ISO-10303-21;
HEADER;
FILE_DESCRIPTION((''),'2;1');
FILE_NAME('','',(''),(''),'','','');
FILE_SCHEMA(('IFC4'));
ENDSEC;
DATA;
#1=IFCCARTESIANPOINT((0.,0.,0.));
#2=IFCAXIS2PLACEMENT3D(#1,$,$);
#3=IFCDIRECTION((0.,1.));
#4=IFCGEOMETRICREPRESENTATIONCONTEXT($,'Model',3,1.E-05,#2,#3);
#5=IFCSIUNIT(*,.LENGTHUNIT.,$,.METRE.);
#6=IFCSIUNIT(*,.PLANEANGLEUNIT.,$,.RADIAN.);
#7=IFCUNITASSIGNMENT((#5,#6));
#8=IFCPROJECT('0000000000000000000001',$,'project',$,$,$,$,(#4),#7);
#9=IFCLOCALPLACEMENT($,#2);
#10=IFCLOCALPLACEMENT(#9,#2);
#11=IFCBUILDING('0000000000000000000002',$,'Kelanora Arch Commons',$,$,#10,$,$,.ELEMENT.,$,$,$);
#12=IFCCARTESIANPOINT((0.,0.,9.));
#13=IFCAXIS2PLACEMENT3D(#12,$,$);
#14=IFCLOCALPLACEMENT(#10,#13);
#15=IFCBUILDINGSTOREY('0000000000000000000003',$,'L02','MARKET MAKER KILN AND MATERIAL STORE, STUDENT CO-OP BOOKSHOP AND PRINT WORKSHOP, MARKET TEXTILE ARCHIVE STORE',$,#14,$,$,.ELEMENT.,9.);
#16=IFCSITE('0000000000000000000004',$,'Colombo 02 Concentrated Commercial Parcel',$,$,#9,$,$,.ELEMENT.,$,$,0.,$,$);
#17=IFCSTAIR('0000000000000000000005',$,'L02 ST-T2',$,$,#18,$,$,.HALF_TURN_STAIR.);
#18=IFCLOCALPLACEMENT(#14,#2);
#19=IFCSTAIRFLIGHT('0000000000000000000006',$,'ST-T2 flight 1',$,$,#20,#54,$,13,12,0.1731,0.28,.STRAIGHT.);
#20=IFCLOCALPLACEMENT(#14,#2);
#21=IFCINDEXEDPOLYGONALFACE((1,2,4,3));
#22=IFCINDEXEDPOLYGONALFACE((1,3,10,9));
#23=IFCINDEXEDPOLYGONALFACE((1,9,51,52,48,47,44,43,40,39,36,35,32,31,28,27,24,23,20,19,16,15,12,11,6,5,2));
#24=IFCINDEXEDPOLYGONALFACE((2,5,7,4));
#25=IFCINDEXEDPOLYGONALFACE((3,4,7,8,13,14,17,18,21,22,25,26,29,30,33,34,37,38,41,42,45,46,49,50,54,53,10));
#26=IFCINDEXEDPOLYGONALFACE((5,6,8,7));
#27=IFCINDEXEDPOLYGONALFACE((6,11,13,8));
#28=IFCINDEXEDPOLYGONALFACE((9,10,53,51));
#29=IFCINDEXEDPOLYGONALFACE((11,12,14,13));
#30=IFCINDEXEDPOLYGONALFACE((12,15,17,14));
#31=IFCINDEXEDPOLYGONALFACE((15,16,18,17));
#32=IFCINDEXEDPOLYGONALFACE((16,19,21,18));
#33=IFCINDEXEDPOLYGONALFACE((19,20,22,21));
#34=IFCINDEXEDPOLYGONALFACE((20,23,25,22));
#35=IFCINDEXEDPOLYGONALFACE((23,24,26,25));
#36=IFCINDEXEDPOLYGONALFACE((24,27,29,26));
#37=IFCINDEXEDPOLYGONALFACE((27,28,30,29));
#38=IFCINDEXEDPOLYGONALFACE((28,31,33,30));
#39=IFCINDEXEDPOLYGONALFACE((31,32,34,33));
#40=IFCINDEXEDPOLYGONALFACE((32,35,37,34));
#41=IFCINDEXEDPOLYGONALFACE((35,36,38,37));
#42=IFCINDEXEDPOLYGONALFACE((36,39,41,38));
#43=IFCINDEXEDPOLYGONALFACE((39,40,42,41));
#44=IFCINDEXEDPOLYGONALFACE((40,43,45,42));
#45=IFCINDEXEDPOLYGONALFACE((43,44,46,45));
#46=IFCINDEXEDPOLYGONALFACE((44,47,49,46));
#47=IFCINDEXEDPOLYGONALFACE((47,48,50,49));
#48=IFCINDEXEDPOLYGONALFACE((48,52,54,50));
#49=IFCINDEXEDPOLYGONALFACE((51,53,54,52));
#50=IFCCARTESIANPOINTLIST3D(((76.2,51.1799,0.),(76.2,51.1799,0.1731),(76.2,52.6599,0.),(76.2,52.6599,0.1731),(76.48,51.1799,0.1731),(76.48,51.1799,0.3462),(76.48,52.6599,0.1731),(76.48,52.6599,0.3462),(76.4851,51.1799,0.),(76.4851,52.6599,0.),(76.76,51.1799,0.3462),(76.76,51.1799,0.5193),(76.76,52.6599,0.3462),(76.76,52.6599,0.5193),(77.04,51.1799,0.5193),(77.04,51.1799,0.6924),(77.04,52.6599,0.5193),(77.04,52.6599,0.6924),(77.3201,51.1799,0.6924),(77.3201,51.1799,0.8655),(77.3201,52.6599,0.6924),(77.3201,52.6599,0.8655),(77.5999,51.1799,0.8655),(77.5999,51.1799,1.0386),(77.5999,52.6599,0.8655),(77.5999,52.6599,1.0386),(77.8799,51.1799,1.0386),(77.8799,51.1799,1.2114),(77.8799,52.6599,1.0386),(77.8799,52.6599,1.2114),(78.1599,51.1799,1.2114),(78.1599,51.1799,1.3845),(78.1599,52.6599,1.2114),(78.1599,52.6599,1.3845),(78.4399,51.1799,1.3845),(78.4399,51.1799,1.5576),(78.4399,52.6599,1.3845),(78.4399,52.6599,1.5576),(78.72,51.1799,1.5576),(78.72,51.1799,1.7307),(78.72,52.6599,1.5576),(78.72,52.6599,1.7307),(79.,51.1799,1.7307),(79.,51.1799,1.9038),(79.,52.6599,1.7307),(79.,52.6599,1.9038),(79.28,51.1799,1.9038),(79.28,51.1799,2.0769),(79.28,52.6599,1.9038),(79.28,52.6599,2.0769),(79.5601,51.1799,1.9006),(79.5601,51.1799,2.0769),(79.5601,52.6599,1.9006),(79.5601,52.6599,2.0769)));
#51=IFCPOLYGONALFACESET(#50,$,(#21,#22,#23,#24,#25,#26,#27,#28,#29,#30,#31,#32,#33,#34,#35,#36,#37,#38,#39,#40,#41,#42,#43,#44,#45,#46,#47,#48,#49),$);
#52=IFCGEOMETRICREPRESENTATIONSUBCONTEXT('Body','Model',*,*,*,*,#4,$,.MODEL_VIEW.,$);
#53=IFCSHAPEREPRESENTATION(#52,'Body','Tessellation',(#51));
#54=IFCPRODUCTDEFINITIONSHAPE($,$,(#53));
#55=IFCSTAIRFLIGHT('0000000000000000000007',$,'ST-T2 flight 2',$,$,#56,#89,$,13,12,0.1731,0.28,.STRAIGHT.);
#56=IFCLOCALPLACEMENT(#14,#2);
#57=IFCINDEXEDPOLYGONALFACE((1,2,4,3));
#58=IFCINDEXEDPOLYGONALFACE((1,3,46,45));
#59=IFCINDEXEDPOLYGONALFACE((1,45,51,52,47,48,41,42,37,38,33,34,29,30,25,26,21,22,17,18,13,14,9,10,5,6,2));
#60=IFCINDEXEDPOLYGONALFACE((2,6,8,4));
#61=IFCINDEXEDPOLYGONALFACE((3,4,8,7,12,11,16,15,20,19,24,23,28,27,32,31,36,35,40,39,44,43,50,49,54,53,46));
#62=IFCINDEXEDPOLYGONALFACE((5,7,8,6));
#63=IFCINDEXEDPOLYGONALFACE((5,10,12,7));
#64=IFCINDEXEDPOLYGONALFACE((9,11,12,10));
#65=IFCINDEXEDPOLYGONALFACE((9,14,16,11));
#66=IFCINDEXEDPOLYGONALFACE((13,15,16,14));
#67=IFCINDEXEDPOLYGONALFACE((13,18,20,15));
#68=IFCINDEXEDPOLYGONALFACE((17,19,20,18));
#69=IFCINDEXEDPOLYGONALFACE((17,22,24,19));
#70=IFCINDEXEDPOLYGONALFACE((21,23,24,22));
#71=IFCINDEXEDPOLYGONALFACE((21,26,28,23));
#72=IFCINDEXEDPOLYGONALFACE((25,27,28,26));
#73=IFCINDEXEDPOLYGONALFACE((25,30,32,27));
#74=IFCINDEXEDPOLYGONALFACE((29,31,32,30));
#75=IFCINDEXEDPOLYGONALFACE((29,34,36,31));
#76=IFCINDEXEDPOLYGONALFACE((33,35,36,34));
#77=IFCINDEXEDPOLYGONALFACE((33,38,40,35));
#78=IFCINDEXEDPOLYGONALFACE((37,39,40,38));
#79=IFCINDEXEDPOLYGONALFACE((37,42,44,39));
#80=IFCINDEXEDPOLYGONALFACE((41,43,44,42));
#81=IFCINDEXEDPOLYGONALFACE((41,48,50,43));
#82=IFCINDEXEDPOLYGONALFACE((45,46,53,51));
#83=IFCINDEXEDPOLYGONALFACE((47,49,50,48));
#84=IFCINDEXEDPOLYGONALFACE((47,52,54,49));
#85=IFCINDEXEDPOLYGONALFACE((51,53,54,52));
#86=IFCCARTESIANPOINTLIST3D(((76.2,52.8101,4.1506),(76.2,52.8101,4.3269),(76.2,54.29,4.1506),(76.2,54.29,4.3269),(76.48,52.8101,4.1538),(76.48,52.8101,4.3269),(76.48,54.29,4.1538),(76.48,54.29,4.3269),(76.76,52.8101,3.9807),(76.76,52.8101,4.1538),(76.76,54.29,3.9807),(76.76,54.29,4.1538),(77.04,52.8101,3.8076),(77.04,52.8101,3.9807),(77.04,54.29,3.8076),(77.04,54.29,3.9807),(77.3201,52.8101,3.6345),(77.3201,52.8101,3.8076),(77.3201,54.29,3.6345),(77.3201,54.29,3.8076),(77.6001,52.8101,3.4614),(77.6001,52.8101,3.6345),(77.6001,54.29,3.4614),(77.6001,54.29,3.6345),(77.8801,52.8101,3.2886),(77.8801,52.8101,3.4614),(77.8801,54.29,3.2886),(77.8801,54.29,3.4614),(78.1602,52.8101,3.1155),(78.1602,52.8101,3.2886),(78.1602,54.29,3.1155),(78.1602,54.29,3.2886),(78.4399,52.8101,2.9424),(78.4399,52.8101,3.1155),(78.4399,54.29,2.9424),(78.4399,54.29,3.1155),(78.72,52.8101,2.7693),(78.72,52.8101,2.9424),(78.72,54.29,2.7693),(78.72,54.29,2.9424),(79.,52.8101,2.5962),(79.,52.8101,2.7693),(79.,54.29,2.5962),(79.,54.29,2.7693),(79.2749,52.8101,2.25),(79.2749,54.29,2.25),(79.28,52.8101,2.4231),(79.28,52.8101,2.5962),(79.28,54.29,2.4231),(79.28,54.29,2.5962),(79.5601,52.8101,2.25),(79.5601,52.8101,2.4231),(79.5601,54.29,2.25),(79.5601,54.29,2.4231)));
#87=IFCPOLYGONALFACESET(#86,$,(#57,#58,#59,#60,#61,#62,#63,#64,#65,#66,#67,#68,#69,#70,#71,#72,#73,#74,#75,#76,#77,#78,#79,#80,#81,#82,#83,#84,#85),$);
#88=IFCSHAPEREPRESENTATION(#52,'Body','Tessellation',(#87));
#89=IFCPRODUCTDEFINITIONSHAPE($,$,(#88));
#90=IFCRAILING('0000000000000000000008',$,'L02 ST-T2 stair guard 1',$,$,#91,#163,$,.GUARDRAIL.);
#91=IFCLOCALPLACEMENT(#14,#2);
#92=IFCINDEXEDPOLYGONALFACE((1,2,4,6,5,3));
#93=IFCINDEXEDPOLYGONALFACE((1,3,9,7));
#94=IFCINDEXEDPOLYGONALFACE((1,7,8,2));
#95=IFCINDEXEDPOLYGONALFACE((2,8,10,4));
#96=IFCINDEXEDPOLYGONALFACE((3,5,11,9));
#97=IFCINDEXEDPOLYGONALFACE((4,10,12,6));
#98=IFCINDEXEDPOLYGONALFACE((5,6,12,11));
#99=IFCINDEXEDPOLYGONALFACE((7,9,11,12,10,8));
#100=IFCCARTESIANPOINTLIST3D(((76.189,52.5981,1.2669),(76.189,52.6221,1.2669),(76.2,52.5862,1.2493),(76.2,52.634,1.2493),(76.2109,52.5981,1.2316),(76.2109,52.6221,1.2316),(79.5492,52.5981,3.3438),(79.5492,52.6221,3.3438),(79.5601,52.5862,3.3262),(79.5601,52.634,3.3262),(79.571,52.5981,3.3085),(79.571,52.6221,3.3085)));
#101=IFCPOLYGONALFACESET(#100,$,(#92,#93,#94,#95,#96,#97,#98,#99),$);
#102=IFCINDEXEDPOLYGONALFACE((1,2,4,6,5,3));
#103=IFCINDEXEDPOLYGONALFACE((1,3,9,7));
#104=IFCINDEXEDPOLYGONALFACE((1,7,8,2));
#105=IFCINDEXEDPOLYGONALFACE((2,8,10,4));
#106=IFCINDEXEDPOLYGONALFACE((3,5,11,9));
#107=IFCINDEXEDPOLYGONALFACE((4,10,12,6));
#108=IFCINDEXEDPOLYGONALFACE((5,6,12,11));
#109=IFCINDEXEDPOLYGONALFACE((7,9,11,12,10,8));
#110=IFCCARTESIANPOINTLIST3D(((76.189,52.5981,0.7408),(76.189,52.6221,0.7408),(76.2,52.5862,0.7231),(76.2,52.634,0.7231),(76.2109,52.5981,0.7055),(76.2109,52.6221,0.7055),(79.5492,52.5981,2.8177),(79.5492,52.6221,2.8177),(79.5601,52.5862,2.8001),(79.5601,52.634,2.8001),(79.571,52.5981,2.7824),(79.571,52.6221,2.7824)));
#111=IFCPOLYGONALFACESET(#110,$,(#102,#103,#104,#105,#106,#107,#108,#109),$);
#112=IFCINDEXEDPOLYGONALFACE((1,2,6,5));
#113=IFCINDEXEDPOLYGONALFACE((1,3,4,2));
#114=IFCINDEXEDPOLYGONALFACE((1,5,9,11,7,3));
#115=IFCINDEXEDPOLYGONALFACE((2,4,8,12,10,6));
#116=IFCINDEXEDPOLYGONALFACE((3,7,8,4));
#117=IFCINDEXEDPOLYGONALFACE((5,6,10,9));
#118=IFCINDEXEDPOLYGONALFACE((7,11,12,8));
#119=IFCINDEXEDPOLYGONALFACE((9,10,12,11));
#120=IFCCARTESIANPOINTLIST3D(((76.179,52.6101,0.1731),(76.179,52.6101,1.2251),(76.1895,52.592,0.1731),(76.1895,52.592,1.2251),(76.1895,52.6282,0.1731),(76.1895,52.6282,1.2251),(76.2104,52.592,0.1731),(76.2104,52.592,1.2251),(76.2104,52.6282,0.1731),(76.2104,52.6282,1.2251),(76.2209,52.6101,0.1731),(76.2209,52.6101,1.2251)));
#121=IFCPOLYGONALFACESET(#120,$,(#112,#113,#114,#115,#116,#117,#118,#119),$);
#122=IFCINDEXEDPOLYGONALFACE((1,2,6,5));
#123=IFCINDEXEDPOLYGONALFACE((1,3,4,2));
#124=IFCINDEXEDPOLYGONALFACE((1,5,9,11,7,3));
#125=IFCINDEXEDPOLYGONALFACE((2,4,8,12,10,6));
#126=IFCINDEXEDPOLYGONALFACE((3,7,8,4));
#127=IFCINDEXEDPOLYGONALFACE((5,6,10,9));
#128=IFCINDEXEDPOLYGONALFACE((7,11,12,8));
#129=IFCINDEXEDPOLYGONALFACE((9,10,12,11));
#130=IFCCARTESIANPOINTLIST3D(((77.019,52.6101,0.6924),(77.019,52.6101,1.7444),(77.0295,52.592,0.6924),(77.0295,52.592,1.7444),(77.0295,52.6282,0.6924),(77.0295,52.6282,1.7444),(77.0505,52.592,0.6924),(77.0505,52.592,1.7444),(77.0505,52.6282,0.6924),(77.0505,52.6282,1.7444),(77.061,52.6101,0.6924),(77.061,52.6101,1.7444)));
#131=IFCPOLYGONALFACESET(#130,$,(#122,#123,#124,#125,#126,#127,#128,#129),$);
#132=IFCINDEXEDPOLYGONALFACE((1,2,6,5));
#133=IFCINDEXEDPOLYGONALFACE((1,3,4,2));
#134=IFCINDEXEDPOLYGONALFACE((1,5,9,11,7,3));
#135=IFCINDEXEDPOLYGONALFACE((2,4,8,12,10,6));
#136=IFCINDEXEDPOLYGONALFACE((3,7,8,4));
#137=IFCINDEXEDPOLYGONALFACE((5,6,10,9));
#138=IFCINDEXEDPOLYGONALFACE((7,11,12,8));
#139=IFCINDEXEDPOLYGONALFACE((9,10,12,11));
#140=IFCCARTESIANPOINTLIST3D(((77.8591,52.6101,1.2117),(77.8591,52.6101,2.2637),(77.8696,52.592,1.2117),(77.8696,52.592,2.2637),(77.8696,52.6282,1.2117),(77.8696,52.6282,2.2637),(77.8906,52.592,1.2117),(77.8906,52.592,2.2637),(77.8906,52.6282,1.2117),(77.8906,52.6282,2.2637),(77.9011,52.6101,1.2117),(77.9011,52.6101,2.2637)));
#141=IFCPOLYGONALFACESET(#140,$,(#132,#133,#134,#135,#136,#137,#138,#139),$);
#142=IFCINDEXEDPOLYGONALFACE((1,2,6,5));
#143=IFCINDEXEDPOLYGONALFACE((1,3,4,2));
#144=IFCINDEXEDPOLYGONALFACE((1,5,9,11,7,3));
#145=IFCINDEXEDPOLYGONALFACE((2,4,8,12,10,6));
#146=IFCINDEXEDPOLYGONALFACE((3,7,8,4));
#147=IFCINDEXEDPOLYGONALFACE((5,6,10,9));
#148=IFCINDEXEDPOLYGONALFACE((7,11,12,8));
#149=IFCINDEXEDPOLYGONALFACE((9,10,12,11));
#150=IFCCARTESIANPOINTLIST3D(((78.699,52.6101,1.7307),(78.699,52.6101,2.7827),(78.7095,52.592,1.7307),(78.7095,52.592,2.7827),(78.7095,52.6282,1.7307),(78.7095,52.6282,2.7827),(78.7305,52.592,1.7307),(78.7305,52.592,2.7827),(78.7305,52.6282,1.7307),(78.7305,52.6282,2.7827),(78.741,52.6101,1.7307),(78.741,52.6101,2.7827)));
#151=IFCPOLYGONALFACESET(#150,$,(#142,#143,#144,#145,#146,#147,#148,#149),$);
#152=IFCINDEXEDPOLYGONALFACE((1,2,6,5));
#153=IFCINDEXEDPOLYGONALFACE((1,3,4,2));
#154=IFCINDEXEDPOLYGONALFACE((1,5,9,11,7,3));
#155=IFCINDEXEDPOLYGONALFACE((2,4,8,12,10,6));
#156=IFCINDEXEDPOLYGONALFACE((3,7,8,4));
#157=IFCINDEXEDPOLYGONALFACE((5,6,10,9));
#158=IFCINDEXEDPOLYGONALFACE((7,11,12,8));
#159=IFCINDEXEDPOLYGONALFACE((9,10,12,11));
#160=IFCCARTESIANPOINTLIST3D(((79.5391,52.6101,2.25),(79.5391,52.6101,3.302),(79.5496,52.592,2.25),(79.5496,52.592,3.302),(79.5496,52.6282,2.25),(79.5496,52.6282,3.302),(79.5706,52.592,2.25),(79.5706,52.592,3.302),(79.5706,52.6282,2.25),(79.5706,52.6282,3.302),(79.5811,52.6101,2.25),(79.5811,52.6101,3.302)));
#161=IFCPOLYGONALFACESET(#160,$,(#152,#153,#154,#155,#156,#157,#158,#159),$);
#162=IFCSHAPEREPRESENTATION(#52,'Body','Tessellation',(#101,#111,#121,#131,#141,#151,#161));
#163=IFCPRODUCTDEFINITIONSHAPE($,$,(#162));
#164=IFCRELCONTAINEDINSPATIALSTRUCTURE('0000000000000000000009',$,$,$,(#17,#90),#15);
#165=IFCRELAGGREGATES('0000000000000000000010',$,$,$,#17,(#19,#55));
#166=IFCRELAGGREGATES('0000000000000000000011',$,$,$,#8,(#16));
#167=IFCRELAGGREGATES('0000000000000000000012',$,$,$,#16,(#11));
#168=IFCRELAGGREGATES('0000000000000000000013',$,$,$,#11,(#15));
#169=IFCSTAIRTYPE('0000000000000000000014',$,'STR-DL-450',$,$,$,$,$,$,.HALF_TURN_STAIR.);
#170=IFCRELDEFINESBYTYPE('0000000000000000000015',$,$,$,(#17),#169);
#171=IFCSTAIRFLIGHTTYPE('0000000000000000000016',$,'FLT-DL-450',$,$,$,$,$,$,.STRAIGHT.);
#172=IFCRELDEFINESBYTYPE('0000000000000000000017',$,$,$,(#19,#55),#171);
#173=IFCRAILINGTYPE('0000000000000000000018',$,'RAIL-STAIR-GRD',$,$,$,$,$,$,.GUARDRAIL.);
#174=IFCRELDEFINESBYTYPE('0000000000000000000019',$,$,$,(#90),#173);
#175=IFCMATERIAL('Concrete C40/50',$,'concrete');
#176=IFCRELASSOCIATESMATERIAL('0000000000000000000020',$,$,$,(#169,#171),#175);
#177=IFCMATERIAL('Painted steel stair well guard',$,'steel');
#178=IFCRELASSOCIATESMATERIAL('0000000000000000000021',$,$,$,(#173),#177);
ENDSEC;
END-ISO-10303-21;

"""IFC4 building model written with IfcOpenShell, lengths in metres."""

from ifc_helpers import new_model, si_unit, direction, frame, origin, place, context, subcontext, project, spatial, polyline, outline, extrude, material, type_object, element, aggregate, save


model = new_model("IFC4")

# Units and contexts
model_context = context("Model", 3, precision=1e-05, world=origin(), true_north=direction((0.0, 1.0)))
body_context = subcontext(model_context, "Body", "Model", "MODEL_VIEW")
ifc_project = project(units=[si_unit("LENGTHUNIT", "METRE"), si_unit("PLANEANGLEUNIT", "RADIAN")], contexts=[model_context])

# Site, building, storey
site_placement = place(None, origin())
site = spatial("IfcSite", under=ifc_project, at=site_placement, Name="Colombo 02 Concentrated Commercial Parcel", CompositionType="ELEMENT", RefElevation=0.0)
building_placement = place(site_placement, origin())
building = spatial("IfcBuilding", under=site, at=building_placement, Name="Kelanora Arch Commons", CompositionType="ELEMENT")
storey_placement = place(building_placement, frame((0.0, 0.0, 9.0)))
storey = spatial("IfcBuildingStorey", under=building, at=storey_placement, Name="L02", Description="MARKET MAKER KILN AND MATERIAL STORE, STUDENT CO-OP BOOKSHOP AND PRINT WORKSHOP, MARKET TEXTILE ARCHIVE STORE", CompositionType="ELEMENT", Elevation=9.0)

# Shared definitions
ifc_material_1 = material(Name="Concrete C40/50", Category="concrete")

# Stair, stair flights
stair_type = type_object("IfcStairType", Name="STR-DL-450", PredefinedType="HALF_TURN_STAIR", material=ifc_material_1)
stair_placement = place(storey_placement, origin())
stair = element("IfcStair", 1, at=stair_placement, inside=storey, type_object=stair_type, Name="L02 ST-T2", PredefinedType="HALF_TURN_STAIR")
stair_flight_type = type_object("IfcStairFlightType", Name="FLT-DL-450", PredefinedType="STRAIGHT", material=ifc_material_1)
stair_flight_1_placement = place(storey_placement, frame((76.2, 51.9199, 0.0), z_axis=(0.0, 0.0, 1.0), x_axis=(1.0, 0.0, 0.0)))
stair_flight_1 = element("IfcStairFlight", 2, at=stair_flight_1_placement, type_object=stair_flight_type, Name="ST-T2 flight 1", NumberOfRisers=13, NumberOfTreads=12, PredefinedType="STRAIGHT", RiserHeight=0.1731, TreadLength=0.28, context=body_context, shape_type="SweptSolid", body=[
    extrude(outline(polyline([(0.0, 0.0), (0.0, 0.1731), (0.28, 0.1731), (0.28, 0.3462), (0.5601, 0.3462), (0.5601, 0.5193), (0.8401, 0.5193), (0.8401, 0.6924), (1.1201, 0.6924), (1.1201, 0.8655), (1.3999, 0.8655), (1.3999, 1.0386), (1.6799, 1.0386), (1.6799, 1.2114), (1.96, 1.2114), (1.96, 1.3845), (2.24, 1.3845), (2.24, 1.5576), (2.52, 1.5576), (2.52, 1.7307), (2.8, 1.7307), (2.8, 1.9038), (3.0801, 1.9038), (3.0801, 2.0769), (3.3601, 2.0769), (3.3601, 2.25), (3.3601, 1.9006), (0.2852, 0.0), (0.0, 0.0)])), frame((0.0, 0.74, 0.0), z_axis=(0.0, -1.0, 0.0), x_axis=(1.0, 0.0, 0.0)), (0.0, 0.0, 1.0), 1.48),
])
stair_flight_2_placement = place(storey_placement, frame((79.5601, 53.55, 2.25), z_axis=(0.0, 0.0, 1.0), x_axis=(-1.0, 0.0, 0.0)))
stair_flight_2 = element("IfcStairFlight", 3, at=stair_flight_2_placement, type_object=stair_flight_type, Name="ST-T2 flight 2", NumberOfRisers=13, NumberOfTreads=12, PredefinedType="STRAIGHT", RiserHeight=0.1731, TreadLength=0.28, context=body_context, shape_type="SweptSolid", body=[
    extrude(outline(polyline([(0.0, 0.0), (0.0, 0.1731), (0.28, 0.1731), (0.28, 0.3462), (0.5601, 0.3462), (0.5601, 0.5193), (0.8401, 0.5193), (0.8401, 0.6924), (1.1201, 0.6924), (1.1201, 0.8655), (1.3999, 0.8655), (1.3999, 1.0386), (1.6799, 1.0386), (1.6799, 1.2114), (1.96, 1.2114), (1.96, 1.3845), (2.24, 1.3845), (2.24, 1.5576), (2.52, 1.5576), (2.52, 1.7307), (2.8, 1.7307), (2.8, 1.9038), (3.0801, 1.9038), (3.0801, 2.0769), (3.3601, 2.0769), (3.3601, 2.25), (3.3601, 1.9006), (0.2852, 0.0), (0.0, 0.0)])), frame((0.0, 0.74, 0.0), z_axis=(0.0, -1.0, 0.0), x_axis=(1.0, 0.0, 0.0)), (0.0, 0.0, 1.0), 1.48),
])
aggregate(stair, [stair_flight_1, stair_flight_2])

# Railing
ifc_material_2 = material(Name="Painted steel stair well guard", Category="steel")
railing_type_1 = type_object("IfcRailingType", Name="RAIL-STAIR-GRD", PredefinedType="GUARDRAIL", material=ifc_material_2)
railing_1_placement = place(storey_placement, frame((76.2, 52.6101, 0.1731)))
element("IfcRailing", 4, at=railing_1_placement, inside=storey, type_object=railing_type_1, Name="L02 ST-T2 stair guard 1", PredefinedType="GUARDRAIL", context=body_context, shape_type="SweptSolid", body=[
    extrude(outline(polyline([(0.0239, 0.0), (0.012, 0.0208), (-0.012, 0.0208), (-0.0239, 0.0), (-0.012, -0.0208), (0.012, -0.0208), (0.0239, 0.0)])), frame((0.0, 0.0, 1.0762), z_axis=(0.850623, 0.0, 0.525776), x_axis=(0.0, 1.0, 0.0)), (0.0, 0.0, 1.0), 3.9502),
    extrude(outline(polyline([(0.0239, 0.0), (0.012, 0.0208), (-0.012, 0.0208), (-0.0239, 0.0), (-0.012, -0.0208), (0.012, -0.0208), (0.0239, 0.0)])), frame((0.0, 0.0, 0.55), z_axis=(0.850623, 0.0, 0.525776), x_axis=(0.0, 1.0, 0.0)), (0.0, 0.0, 1.0), 3.9502),
    extrude(outline(polyline([(0.021, 0.0), (0.0105, 0.0181), (-0.0105, 0.0181), (-0.021, 0.0), (-0.0105, -0.0181), (0.0105, -0.0181), (0.021, 0.0)])), origin(), (0.0, 0.0, 1.0), 1.052),
    extrude(outline(polyline([(0.021, 0.0), (0.0105, 0.0181), (-0.0105, 0.0181), (-0.021, 0.0), (-0.0105, -0.0181), (0.0105, -0.0181), (0.021, 0.0)])), frame((0.8401, 0.0, 0.5193)), (0.0, 0.0, 1.0), 1.052),
    extrude(outline(polyline([(0.021, 0.0), (0.0105, 0.0181), (-0.0105, 0.0181), (-0.021, 0.0), (-0.0105, -0.0181), (0.0105, -0.0181), (0.021, 0.0)])), frame((1.6802, 0.0, 1.0386)), (0.0, 0.0, 1.0), 1.052),
    extrude(outline(polyline([(0.021, 0.0), (0.0105, 0.0181), (-0.0105, 0.0181), (-0.021, 0.0), (-0.0105, -0.0181), (0.0105, -0.0181), (0.021, 0.0)])), frame((2.52, 0.0, 1.5576)), (0.0, 0.0, 1.0), 1.052),
    extrude(outline(polyline([(0.021, 0.0), (0.0105, 0.0181), (-0.0105, 0.0181), (-0.021, 0.0), (-0.0105, -0.0181), (0.0105, -0.0181), (0.021, 0.0)])), frame((3.3601, 0.0, 2.0769)), (0.0, 0.0, 1.0), 1.052),
])

save(model, "model.ifc")
